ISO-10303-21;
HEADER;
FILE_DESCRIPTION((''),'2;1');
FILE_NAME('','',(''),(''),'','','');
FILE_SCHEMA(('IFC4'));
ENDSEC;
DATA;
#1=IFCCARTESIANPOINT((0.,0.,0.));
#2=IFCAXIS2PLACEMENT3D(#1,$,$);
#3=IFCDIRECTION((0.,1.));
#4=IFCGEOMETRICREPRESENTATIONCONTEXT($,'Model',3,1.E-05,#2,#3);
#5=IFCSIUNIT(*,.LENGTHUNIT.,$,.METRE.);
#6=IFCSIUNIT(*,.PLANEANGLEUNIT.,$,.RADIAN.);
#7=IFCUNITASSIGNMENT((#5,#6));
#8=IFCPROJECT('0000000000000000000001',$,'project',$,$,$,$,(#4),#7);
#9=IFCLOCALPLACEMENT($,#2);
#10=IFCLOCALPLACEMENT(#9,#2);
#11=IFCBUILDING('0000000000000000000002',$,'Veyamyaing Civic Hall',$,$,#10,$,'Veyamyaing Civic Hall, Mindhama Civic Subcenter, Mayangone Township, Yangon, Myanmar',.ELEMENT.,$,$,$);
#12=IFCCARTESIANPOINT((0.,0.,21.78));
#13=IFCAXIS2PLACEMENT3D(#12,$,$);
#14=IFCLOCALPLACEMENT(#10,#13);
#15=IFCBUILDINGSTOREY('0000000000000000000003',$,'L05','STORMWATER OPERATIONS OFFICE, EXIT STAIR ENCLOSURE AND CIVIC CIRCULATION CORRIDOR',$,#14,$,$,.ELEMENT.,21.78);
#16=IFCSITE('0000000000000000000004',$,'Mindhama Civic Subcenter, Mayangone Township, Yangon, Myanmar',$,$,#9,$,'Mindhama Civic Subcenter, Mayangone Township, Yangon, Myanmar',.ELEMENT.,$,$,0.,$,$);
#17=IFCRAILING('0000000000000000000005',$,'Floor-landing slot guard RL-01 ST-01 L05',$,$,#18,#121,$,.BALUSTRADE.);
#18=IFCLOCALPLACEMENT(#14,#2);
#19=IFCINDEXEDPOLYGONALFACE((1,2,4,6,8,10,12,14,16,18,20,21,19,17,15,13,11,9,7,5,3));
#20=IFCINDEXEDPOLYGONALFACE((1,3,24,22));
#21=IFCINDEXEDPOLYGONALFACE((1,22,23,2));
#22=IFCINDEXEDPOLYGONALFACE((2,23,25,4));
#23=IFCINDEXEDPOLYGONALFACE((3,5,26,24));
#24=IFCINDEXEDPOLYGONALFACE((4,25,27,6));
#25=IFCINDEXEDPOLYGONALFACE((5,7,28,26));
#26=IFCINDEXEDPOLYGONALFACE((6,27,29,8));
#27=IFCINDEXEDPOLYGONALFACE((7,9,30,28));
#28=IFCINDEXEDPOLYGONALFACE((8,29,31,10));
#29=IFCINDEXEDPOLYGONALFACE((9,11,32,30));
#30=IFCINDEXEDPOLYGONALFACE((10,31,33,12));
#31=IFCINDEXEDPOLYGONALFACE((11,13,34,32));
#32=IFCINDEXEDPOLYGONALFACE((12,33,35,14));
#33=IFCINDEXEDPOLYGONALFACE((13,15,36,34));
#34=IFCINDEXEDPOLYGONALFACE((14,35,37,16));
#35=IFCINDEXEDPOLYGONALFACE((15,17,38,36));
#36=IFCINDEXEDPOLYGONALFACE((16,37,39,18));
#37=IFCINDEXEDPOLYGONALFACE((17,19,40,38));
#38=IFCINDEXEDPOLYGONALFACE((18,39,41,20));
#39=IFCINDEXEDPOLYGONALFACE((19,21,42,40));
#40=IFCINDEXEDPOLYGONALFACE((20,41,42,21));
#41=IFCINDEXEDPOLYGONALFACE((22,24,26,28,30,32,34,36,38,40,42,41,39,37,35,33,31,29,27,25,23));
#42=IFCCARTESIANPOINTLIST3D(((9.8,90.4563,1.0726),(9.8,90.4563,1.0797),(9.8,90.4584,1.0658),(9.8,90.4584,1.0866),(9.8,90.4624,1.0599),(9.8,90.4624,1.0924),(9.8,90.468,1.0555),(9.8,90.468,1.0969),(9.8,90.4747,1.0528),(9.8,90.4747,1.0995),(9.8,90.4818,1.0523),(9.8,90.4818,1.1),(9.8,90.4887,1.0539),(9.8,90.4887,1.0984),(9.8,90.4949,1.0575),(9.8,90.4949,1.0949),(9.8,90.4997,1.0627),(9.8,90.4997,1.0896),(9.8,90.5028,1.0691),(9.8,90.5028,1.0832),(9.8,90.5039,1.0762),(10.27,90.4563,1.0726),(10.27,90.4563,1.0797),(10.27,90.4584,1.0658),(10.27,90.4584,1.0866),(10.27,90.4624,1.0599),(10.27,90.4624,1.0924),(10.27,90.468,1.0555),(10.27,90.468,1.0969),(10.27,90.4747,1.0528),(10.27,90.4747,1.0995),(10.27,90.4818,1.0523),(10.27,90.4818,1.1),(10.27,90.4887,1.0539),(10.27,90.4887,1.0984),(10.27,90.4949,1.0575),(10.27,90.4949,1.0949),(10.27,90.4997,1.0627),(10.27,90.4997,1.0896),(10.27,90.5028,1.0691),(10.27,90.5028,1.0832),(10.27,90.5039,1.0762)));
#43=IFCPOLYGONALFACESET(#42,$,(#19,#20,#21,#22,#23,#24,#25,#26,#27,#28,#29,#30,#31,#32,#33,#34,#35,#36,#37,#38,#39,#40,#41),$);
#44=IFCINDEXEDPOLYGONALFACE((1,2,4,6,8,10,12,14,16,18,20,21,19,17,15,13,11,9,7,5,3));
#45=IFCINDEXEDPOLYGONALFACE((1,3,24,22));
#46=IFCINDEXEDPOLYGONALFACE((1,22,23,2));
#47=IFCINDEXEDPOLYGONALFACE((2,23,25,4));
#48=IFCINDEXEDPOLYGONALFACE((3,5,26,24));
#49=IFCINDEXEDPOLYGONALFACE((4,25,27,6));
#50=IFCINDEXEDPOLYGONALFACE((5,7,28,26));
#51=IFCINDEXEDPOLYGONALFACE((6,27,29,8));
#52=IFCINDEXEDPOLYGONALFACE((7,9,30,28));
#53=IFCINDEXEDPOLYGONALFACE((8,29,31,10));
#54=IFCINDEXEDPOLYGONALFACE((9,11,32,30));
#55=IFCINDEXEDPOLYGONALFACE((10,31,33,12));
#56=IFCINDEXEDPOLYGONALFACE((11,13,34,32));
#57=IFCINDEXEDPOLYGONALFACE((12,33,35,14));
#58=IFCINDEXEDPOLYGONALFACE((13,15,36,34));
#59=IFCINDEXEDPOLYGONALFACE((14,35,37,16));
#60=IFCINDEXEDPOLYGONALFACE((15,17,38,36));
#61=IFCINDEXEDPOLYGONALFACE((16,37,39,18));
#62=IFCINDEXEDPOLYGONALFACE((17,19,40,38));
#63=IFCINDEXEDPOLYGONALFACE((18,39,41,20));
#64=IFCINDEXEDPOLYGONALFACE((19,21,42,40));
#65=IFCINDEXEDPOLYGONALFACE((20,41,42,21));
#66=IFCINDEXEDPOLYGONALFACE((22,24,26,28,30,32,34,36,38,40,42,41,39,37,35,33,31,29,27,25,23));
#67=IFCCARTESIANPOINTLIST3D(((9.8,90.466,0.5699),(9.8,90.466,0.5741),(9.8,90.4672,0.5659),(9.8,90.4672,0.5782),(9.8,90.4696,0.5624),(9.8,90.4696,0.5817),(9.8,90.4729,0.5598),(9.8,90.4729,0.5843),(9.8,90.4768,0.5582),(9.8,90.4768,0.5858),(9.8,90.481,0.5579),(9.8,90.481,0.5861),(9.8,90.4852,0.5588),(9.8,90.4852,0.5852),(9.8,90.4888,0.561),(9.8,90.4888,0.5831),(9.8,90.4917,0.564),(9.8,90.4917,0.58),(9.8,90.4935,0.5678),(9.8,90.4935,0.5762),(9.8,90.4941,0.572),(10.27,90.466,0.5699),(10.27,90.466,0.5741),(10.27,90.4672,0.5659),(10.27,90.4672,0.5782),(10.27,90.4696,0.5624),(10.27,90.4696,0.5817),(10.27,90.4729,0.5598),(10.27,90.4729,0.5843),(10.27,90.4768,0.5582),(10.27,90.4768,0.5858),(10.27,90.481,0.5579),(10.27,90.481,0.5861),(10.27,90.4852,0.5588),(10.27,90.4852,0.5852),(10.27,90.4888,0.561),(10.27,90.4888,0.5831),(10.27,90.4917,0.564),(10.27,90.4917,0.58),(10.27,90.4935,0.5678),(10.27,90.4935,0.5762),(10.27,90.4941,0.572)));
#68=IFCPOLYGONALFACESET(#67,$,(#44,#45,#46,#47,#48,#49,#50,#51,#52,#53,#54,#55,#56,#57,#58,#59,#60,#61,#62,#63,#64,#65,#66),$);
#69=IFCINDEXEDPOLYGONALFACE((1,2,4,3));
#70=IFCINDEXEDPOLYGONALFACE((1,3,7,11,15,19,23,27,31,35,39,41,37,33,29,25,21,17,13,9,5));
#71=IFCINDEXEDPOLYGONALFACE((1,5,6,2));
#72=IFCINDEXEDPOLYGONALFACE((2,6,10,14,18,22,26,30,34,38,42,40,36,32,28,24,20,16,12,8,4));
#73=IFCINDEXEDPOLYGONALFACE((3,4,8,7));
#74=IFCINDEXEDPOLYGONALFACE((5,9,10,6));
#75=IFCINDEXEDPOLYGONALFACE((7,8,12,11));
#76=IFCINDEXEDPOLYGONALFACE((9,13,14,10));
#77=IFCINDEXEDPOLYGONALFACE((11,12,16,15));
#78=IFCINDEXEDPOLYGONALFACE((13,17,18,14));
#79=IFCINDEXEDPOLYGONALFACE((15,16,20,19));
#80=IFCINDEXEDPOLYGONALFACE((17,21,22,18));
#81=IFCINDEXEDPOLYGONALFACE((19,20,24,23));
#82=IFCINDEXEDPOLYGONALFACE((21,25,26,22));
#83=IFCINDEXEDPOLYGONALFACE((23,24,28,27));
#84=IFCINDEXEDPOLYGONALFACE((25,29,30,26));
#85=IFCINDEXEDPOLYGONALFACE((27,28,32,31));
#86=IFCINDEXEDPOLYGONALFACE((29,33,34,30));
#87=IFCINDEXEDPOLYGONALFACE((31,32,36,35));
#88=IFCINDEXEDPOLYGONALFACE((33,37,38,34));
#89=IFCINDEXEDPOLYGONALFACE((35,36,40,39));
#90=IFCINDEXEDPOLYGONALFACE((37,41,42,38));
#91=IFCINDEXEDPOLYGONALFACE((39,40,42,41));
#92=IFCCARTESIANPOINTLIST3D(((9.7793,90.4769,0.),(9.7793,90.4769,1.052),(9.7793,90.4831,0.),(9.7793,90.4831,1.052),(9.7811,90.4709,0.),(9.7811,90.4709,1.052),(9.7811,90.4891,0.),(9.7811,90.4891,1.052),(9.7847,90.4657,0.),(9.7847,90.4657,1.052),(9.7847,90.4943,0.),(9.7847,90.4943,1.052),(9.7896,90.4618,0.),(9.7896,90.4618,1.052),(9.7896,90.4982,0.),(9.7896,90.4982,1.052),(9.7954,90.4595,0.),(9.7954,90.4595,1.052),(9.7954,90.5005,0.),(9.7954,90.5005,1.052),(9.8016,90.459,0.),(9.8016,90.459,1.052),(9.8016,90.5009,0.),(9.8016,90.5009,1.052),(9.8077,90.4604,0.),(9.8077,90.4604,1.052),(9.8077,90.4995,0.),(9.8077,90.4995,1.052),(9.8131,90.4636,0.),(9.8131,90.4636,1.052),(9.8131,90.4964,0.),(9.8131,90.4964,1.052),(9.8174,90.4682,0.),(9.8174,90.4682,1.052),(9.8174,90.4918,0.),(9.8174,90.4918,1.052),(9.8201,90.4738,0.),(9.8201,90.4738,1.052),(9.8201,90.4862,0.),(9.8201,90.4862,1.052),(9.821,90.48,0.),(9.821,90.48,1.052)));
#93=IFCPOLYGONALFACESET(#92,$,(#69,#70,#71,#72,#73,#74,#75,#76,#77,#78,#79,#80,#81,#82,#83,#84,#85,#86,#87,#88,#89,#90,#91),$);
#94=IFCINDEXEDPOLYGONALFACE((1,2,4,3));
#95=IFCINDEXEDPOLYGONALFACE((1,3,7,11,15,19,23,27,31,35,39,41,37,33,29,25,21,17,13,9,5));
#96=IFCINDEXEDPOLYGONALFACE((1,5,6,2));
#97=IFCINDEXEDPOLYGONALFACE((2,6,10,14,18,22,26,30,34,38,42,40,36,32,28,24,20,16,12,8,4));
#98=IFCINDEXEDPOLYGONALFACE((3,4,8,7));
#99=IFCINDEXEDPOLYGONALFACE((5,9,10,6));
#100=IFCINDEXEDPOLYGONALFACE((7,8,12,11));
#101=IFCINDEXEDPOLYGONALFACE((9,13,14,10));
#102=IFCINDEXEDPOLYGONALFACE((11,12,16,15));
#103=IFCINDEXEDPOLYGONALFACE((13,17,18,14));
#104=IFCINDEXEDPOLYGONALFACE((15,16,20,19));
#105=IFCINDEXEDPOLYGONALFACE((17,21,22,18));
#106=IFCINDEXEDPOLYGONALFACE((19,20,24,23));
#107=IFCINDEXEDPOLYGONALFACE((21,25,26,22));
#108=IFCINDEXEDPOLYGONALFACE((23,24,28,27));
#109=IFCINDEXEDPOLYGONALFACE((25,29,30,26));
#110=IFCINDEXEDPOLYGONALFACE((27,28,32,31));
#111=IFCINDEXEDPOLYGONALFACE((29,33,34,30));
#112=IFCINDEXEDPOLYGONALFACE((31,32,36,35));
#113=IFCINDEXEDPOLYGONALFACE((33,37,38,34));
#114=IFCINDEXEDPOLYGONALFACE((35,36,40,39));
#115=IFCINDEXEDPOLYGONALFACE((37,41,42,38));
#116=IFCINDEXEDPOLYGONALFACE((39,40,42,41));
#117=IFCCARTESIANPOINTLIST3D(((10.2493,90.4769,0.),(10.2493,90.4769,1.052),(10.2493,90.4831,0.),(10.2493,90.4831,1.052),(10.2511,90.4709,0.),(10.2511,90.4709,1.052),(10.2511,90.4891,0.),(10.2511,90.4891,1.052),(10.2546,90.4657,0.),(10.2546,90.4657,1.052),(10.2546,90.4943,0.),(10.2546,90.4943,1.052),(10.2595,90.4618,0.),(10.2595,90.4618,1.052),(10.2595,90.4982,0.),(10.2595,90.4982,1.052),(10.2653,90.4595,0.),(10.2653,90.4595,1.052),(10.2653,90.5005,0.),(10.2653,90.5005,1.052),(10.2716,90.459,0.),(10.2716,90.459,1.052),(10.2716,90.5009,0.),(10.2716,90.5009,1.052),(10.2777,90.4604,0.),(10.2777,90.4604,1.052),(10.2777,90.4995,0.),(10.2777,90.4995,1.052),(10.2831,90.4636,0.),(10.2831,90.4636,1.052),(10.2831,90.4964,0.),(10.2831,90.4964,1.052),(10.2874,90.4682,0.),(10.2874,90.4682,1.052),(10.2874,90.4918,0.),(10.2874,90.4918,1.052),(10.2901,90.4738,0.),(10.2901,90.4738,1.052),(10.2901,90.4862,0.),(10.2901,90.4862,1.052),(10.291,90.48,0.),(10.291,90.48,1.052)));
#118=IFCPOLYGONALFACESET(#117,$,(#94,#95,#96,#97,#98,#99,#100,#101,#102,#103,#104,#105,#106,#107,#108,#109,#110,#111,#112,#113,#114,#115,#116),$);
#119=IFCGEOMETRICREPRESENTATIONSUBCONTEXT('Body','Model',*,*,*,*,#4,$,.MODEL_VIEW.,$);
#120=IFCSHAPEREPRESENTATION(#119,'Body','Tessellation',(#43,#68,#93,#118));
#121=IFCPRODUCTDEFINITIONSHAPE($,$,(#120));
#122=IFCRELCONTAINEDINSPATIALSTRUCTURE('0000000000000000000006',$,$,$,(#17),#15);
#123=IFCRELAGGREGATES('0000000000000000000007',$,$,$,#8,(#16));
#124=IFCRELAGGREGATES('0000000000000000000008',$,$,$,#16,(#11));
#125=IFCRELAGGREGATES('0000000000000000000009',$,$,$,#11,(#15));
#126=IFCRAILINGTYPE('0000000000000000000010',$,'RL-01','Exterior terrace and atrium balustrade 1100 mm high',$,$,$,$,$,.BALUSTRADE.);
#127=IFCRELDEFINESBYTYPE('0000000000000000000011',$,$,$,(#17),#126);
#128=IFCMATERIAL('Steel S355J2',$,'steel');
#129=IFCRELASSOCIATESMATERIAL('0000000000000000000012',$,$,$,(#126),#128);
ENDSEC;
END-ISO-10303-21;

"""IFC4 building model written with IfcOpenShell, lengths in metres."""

from ifc_helpers import new_model, si_unit, direction, frame, origin, origin_2d, place, context, subcontext, project, spatial, circle, extrude, material, type_object, element, save


model = new_model("IFC4")

# Units and contexts
model_context = context("Model", 3, precision=1e-05, world=origin(), true_north=direction((0.0, 1.0)))
body_context = subcontext(model_context, "Body", "Model", "MODEL_VIEW")
ifc_project = project(units=[si_unit("LENGTHUNIT", "METRE"), si_unit("PLANEANGLEUNIT", "RADIAN")], contexts=[model_context])

# Site, building, storey
site_placement = place(None, origin())
site = spatial("IfcSite", under=ifc_project, at=site_placement, Name="Mindhama Civic Subcenter, Mayangone Township, Yangon, Myanmar", LongName="Mindhama Civic Subcenter, Mayangone Township, Yangon, Myanmar", CompositionType="ELEMENT", RefElevation=0.0)
building_placement = place(site_placement, origin())
building = spatial("IfcBuilding", under=site, at=building_placement, Name="Veyamyaing Civic Hall", LongName="Veyamyaing Civic Hall, Mindhama Civic Subcenter, Mayangone Township, Yangon, Myanmar", CompositionType="ELEMENT")
storey_placement = place(building_placement, frame((0.0, 0.0, 21.78)))
storey = spatial("IfcBuildingStorey", under=building, at=storey_placement, Name="L05", Description="STORMWATER OPERATIONS OFFICE, EXIT STAIR ENCLOSURE AND CIVIC CIRCULATION CORRIDOR", CompositionType="ELEMENT", Elevation=21.78)

# Railing
ifc_material_1 = material(Name="Steel S355J2", Category="steel")
railing_type_1 = type_object("IfcRailingType", Name="RL-01", Description="Exterior terrace and atrium balustrade 1100 mm high", PredefinedType="BALUSTRADE", material=ifc_material_1)
railing_1_placement = place(storey_placement, frame((9.8, 90.48, 0.0)))
element("IfcRailing", 1, at=railing_1_placement, inside=storey, type_object=railing_type_1, Name="Floor-landing slot guard RL-01 ST-01 L05", PredefinedType="BALUSTRADE", context=body_context, shape_type="SweptSolid", body=[
    extrude(circle(Radius=0.0239, at=origin_2d()), frame((0.0, 0.0, 1.0762), z_axis=(1.0, 0.0, 0.0), x_axis=(0.0, 1.0, 0.0)), (0.0, 0.0, 1.0), 0.47),
    extrude(circle(Radius=0.0142, at=origin_2d()), frame((0.0, 0.0, 0.572), z_axis=(1.0, 0.0, 0.0), x_axis=(0.0, 1.0, 0.0)), (0.0, 0.0, 1.0), 0.47),
    extrude(circle(Radius=0.021, at=origin_2d()), origin(), (0.0, 0.0, 1.0), 1.052),
    extrude(circle(Radius=0.021, at=origin_2d()), frame((0.47, 0.0, 0.0)), (0.0, 0.0, 1.0), 1.052),
])

save(model, "model.ifc")
